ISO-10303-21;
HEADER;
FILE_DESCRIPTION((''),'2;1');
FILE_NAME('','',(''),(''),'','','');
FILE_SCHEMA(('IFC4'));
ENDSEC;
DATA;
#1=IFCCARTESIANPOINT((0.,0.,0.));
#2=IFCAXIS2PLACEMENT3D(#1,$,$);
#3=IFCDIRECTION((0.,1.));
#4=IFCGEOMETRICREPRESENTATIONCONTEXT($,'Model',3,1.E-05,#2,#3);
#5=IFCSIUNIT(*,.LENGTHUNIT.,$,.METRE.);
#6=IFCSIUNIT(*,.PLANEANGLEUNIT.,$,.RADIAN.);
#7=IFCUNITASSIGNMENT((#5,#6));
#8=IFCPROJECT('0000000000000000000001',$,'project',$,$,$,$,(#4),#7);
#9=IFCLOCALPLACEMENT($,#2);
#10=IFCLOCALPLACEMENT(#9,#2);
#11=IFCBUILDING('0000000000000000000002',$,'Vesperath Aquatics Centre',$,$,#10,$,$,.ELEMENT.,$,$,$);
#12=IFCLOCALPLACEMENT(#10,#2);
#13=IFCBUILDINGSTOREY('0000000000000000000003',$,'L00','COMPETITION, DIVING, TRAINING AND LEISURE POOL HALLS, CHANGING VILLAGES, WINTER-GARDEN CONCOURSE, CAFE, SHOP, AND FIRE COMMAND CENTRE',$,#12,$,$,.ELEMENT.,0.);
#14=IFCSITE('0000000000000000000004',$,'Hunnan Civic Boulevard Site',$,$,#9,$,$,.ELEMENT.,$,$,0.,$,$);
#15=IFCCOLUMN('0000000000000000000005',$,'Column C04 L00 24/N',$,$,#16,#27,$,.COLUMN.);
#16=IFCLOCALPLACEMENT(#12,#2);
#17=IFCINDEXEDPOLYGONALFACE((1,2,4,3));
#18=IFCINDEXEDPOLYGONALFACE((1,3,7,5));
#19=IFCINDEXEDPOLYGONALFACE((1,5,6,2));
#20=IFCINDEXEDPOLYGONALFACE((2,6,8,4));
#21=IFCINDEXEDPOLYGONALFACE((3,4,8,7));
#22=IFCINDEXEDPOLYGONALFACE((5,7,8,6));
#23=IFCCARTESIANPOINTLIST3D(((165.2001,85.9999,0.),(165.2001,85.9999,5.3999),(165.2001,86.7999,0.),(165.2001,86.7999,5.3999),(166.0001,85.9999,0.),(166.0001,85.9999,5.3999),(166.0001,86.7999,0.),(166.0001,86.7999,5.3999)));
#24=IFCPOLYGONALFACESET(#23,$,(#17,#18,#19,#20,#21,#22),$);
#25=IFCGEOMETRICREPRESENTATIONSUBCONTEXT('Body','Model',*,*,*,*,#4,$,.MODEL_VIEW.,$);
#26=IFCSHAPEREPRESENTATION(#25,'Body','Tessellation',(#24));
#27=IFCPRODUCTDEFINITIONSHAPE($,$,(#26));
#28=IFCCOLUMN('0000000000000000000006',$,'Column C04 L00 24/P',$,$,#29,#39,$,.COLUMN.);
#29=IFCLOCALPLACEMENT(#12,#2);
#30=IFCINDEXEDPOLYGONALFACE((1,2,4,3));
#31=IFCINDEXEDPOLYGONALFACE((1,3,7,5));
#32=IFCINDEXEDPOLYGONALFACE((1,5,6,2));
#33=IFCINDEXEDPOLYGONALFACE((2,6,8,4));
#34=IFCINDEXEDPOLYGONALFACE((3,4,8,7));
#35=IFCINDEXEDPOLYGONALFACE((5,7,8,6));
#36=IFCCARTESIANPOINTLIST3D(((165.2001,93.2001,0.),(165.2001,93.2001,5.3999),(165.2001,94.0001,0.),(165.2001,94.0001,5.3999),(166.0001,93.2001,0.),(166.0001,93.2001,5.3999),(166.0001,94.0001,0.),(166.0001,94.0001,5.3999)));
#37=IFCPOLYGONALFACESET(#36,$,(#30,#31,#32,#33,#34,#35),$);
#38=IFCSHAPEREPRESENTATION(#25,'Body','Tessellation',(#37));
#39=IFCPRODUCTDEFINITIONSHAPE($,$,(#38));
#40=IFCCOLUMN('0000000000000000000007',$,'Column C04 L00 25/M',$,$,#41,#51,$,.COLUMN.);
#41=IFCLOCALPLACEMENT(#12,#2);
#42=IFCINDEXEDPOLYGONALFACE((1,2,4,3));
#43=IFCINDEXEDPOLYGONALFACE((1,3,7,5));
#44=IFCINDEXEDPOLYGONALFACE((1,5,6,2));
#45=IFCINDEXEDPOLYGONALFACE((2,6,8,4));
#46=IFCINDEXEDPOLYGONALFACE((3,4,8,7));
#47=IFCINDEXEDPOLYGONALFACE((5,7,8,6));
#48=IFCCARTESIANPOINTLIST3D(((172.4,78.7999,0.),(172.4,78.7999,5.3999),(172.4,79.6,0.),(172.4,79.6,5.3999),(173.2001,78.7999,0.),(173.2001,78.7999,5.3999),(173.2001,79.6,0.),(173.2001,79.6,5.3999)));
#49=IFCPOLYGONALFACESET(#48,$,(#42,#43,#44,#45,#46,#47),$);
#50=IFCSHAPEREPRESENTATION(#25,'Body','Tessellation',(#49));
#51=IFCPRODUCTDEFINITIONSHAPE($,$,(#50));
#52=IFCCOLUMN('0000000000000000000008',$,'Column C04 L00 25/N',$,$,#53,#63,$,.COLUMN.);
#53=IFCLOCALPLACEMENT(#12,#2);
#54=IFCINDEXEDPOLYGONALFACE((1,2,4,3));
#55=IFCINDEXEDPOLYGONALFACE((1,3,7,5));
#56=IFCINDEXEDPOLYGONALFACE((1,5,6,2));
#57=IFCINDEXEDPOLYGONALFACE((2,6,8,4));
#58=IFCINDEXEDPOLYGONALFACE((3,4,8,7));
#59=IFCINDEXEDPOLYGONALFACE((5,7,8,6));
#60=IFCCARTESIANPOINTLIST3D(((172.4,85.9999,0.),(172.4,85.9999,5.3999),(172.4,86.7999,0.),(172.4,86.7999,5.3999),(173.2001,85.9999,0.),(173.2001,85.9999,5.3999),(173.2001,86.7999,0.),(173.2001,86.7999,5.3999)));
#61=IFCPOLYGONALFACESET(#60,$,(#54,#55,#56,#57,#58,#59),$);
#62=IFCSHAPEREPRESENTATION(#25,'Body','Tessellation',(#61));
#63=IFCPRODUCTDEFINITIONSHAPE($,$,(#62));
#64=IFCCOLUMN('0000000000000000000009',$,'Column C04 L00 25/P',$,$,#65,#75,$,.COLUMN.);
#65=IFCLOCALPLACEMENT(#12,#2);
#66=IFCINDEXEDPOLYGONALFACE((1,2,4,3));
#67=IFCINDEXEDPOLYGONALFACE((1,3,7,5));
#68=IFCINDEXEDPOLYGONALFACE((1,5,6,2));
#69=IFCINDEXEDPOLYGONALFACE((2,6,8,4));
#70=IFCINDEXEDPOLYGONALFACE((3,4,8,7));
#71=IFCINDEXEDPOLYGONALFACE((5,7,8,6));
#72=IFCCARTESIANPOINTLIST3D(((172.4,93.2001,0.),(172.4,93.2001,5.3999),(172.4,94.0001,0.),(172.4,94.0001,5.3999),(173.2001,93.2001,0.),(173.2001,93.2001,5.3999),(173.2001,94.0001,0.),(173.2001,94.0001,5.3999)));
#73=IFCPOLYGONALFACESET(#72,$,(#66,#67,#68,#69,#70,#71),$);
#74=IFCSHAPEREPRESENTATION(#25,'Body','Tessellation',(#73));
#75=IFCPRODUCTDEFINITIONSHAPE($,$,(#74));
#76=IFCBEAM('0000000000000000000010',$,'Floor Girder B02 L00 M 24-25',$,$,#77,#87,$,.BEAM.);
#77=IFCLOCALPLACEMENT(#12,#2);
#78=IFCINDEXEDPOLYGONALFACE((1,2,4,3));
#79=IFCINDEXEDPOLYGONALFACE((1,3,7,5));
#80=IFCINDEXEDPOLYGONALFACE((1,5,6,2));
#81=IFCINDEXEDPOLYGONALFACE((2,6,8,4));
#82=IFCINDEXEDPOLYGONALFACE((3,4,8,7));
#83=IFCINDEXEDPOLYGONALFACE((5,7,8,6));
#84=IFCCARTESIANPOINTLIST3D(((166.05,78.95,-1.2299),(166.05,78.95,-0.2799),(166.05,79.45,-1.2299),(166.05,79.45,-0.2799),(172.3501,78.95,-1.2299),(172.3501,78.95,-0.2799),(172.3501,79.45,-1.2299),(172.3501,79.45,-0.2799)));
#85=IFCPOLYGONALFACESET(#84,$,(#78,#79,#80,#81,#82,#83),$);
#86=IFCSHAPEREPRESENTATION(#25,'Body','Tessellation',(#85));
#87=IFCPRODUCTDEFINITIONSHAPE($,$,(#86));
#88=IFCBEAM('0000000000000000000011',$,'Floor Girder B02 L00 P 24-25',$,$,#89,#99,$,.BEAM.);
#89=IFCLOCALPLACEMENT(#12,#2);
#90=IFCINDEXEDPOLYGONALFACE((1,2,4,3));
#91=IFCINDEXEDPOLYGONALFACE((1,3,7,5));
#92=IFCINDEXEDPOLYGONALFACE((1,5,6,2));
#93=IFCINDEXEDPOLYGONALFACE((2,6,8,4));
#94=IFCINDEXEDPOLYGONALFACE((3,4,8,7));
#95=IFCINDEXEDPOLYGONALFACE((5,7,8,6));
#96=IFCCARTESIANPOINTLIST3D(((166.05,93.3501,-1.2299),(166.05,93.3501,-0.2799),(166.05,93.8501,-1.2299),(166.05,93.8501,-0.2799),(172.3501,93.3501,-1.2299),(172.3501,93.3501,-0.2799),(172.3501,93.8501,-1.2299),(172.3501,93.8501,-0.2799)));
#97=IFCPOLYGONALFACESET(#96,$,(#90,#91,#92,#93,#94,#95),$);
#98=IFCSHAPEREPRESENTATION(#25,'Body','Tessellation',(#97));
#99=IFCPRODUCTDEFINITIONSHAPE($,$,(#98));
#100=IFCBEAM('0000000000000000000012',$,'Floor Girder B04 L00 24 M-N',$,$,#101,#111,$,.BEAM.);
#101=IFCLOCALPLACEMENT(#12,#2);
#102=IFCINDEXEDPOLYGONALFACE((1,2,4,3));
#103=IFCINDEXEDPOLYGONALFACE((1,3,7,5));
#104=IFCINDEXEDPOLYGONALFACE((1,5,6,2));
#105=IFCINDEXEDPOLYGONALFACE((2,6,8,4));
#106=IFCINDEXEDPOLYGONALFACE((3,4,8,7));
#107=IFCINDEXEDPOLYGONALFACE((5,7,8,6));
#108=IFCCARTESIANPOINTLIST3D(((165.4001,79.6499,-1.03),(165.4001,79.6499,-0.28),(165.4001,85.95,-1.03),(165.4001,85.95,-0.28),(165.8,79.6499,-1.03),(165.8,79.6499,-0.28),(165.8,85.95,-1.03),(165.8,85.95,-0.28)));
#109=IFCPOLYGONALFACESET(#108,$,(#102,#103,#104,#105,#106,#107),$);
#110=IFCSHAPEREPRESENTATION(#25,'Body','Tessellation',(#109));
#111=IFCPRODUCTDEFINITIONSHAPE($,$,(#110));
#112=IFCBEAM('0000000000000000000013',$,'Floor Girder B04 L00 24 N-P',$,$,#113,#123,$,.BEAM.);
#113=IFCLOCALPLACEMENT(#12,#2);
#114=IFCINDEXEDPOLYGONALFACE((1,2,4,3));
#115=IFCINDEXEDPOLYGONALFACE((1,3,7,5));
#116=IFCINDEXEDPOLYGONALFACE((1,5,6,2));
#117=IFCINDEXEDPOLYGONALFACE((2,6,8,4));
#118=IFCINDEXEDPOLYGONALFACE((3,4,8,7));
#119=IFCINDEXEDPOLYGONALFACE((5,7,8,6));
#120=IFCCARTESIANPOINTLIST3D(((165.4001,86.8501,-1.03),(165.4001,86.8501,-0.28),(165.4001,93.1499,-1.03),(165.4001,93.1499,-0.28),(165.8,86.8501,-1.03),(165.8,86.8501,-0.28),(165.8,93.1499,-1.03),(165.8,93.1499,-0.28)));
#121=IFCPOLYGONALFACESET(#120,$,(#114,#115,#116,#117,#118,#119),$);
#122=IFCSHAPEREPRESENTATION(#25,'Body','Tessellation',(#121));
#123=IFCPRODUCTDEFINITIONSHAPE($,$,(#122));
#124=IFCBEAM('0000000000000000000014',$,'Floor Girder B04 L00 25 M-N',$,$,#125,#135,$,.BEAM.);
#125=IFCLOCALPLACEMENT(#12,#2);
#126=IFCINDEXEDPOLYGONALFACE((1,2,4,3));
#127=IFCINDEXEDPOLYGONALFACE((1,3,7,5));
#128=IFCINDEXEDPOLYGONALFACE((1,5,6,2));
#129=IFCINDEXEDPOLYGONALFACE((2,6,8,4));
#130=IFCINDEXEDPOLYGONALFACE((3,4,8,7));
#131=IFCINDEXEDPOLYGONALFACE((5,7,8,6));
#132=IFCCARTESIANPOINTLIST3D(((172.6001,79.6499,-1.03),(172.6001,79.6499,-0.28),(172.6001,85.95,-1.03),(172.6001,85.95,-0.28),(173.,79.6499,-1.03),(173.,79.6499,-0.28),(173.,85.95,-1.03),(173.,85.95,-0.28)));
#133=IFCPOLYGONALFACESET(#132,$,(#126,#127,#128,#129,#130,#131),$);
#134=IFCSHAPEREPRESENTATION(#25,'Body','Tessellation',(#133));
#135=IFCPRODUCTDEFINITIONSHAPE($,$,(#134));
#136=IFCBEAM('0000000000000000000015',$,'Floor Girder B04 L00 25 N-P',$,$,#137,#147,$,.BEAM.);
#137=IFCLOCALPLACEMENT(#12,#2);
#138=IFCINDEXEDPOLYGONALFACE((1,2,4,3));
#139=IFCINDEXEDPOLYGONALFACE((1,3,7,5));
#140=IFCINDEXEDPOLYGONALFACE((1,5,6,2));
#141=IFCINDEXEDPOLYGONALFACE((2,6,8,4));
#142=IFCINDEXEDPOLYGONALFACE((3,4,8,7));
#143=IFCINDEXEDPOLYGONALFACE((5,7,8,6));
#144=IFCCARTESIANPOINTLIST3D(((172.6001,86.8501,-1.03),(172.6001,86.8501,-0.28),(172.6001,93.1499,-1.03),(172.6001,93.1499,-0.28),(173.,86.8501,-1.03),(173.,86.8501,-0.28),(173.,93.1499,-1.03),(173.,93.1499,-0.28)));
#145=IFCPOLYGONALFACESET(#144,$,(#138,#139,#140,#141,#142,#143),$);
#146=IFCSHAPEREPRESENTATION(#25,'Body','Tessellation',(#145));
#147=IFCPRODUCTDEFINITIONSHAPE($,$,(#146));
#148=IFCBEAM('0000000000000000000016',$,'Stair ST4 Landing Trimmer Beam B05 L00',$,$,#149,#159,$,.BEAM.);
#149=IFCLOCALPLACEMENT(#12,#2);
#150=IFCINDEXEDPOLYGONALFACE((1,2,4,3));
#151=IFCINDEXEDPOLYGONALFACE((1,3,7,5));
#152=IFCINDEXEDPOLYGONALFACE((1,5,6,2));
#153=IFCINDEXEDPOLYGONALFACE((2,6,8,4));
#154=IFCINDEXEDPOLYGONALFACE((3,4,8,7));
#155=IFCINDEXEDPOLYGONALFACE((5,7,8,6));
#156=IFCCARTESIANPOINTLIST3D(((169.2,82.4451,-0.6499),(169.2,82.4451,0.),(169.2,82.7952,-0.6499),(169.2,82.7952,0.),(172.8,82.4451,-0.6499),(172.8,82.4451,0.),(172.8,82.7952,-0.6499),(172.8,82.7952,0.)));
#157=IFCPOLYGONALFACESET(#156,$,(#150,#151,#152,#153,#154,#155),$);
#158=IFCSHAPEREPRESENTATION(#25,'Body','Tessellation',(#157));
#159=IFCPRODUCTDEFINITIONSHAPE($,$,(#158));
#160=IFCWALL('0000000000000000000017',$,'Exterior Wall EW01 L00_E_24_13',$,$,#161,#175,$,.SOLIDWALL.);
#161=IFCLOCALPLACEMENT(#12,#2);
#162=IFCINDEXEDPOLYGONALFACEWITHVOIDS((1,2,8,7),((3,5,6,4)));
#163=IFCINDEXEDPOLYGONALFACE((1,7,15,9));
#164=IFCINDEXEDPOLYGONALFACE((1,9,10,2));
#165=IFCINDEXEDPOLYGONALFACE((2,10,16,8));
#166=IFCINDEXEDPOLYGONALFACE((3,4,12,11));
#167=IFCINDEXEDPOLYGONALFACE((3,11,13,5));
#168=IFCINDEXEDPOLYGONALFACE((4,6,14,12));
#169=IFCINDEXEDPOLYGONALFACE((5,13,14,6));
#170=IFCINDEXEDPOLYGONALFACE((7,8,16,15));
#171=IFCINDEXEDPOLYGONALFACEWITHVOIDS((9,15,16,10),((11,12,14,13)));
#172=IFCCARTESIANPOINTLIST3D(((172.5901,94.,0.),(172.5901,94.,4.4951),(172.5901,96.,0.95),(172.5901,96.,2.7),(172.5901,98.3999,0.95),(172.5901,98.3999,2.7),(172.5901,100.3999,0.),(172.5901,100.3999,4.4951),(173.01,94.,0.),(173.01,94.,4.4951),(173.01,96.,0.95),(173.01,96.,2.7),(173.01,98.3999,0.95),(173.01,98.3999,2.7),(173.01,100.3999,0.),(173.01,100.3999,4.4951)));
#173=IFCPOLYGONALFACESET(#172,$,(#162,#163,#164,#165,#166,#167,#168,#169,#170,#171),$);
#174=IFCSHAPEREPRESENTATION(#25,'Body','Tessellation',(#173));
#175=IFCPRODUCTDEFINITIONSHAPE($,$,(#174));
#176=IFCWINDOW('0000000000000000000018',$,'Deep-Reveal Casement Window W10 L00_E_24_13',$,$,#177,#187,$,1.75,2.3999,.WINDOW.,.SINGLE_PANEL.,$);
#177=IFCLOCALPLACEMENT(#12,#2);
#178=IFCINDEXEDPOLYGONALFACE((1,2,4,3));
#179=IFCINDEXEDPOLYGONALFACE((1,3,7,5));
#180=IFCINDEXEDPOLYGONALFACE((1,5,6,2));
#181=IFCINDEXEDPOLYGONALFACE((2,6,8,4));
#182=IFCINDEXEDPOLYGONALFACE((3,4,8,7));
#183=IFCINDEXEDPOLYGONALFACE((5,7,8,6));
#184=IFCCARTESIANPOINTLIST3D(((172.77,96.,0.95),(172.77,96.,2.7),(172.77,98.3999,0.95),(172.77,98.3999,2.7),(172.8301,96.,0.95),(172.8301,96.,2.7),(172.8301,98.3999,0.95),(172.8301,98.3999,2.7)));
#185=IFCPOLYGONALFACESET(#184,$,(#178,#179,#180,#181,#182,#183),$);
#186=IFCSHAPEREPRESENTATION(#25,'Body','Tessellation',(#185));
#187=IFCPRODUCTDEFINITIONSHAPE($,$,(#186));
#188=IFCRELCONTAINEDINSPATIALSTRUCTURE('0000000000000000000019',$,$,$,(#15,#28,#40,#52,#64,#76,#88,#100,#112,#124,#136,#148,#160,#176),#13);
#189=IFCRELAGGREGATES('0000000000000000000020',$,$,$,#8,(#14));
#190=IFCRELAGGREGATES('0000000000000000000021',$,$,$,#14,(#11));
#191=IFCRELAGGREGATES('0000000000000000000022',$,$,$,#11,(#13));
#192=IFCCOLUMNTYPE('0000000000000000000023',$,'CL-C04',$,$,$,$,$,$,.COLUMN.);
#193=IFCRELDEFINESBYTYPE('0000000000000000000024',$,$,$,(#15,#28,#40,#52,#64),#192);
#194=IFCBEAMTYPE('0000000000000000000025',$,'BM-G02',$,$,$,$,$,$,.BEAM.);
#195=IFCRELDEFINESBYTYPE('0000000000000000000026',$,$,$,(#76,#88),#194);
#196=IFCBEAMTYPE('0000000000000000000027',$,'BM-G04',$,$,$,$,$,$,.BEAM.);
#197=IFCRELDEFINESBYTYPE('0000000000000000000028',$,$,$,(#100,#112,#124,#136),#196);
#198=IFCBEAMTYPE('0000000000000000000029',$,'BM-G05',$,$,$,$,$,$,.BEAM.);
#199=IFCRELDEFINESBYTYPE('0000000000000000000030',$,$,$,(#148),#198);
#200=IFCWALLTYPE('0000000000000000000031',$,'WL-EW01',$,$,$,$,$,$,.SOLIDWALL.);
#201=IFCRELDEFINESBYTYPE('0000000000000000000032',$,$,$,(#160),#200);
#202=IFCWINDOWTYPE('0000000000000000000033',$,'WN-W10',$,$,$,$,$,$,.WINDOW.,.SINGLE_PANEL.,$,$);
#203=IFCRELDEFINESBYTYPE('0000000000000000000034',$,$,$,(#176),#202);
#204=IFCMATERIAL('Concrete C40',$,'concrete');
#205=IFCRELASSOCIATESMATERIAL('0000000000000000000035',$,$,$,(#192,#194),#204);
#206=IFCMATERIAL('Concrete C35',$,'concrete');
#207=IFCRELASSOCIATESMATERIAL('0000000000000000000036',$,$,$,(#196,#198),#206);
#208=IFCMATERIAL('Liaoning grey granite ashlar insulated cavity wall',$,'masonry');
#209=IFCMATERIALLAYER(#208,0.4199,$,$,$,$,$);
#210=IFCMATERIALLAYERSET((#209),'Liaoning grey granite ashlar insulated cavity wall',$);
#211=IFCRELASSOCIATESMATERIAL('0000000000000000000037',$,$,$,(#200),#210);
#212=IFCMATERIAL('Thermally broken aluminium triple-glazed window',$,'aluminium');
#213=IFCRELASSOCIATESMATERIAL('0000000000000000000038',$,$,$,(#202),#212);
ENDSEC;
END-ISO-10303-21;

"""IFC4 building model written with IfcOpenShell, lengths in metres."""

from ifc_helpers import new_model, si_unit, direction, frame, frame_2d, origin, origin_2d, place, context, subcontext, project, spatial, rectangle, extrude, material, layer, layer_set, material_profile, profile_set, type_object, element, fill, save


model = new_model("IFC4")

# Units and contexts
model_context = context("Model", 3, precision=1e-05, world=origin(), true_north=direction((0.0, 1.0)))
body_context = subcontext(model_context, "Body", "Model", "MODEL_VIEW")
ifc_project = project(units=[si_unit("LENGTHUNIT", "METRE"), si_unit("PLANEANGLEUNIT", "RADIAN")], contexts=[model_context])

# Site, building, storey
site_placement = place(None, origin())
site = spatial("IfcSite", under=ifc_project, at=site_placement, Name="Hunnan Civic Boulevard Site", CompositionType="ELEMENT", RefElevation=0.0)
building_placement = place(site_placement, origin())
building = spatial("IfcBuilding", under=site, at=building_placement, Name="Vesperath Aquatics Centre", CompositionType="ELEMENT")
storey_placement = place(building_placement, origin())
storey = spatial("IfcBuildingStorey", under=building, at=storey_placement, Name="L00", Description="COMPETITION, DIVING, TRAINING AND LEISURE POOL HALLS, CHANGING VILLAGES, WINTER-GARDEN CONCOURSE, CAFE, SHOP, AND FIRE COMMAND CENTRE", CompositionType="ELEMENT", Elevation=0.0)

# Columns
ifc_material_1 = material(Name="Concrete C40", Category="concrete")
ifc_material_profile_1 = material_profile(ifc_material_1, rectangle(XDim=0.8, YDim=0.8, at=origin_2d()), Name="RC 800x800")
ifc_profile_set_1 = profile_set([ifc_material_profile_1], Name="Concrete C40")
column_type = type_object("IfcColumnType", Name="CL-C04", PredefinedType="COLUMN", material=ifc_profile_set_1)
for number, where, z_axis, x_axis, name in (
    (1, (165.6001, 86.3999, 0.0), (0.0, 0.0, 1.0), (1.0, 0.0, 0.0), "Column C04 L00 24/N"),
    (2, (165.6001, 93.6001, 0.0), (0.0, 0.0, 1.0), (1.0, 0.0, 0.0), "Column C04 L00 24/P"),
    (3, (172.8, 79.2, 0.0), (0.0, 0.0, 1.0), (1.0, 0.0, 0.0), "Column C04 L00 25/M"),
    (4, (172.8, 86.3999, 0.0), (0.0, 0.0, 1.0), (1.0, 0.0, 0.0), "Column C04 L00 25/N"),
    (5, (172.8, 93.6001, 0.0), (0.0, 0.0, 1.0), (1.0, 0.0, 0.0), "Column C04 L00 25/P"),
):
    element("IfcColumn", number, at=place(storey_placement, frame(where, z_axis=z_axis, x_axis=x_axis)), inside=storey, type_object=column_type, Name=name, PredefinedType="COLUMN", context=body_context, shape_type="SweptSolid", body=[
        extrude(rectangle(XDim=0.8, YDim=0.8, at=origin_2d()), origin(), (0.0, 0.0, 1.0), 5.3999),
    ])

# Beams
ifc_material_profile_2 = material_profile(ifc_material_1, rectangle(XDim=0.5, YDim=0.95, at=origin_2d()), Name="RC 500x950")
ifc_profile_set_2 = profile_set([ifc_material_profile_2], Name="Concrete C40")
beam_type_1 = type_object("IfcBeamType", Name="BM-G02", PredefinedType="BEAM", material=ifc_profile_set_2)
for number, where, z_axis, x_axis, name in (
    (6, (166.05, 79.2, -0.7549), (1.0, 0.0, 0.0), (0.0, 1.0, 0.0), "Floor Girder B02 L00 M 24-25"),
    (7, (166.05, 93.6001, -0.7549), (1.0, 0.0, 0.0), (0.0, 1.0, 0.0), "Floor Girder B02 L00 P 24-25"),
):
    element("IfcBeam", number, at=place(storey_placement, frame(where, z_axis=z_axis, x_axis=x_axis)), inside=storey, type_object=beam_type_1, Name=name, PredefinedType="BEAM", context=body_context, shape_type="SweptSolid", body=[
        extrude(rectangle(XDim=0.5, YDim=0.95, at=origin_2d()), origin(), (0.0, 0.0, 1.0), 6.3),
    ])
ifc_material_2 = material(Name="Concrete C35", Category="concrete")
ifc_material_profile_3 = material_profile(ifc_material_2, rectangle(XDim=0.3999, YDim=0.75, at=origin_2d()), Name="RC 400x750")
ifc_profile_set_3 = profile_set([ifc_material_profile_3], Name="Concrete C35")
beam_type_2 = type_object("IfcBeamType", Name="BM-G04", PredefinedType="BEAM", material=ifc_profile_set_3)
beam_1_placement = place(storey_placement, frame((165.6001, 79.6499, -0.655), z_axis=(0.0, 1.0, 0.0), x_axis=(-1.0, 0.0, 0.0)))
element("IfcBeam", 8, at=beam_1_placement, inside=storey, type_object=beam_type_2, Name="Floor Girder B04 L00 24 M-N", PredefinedType="BEAM", context=body_context, shape_type="SweptSolid", body=[
    extrude(rectangle(XDim=0.3999, YDim=0.75, at=origin_2d()), origin(), (0.0, 0.0, 1.0), 6.3),
])
beam_2_placement = place(storey_placement, frame((165.6001, 86.8501, -0.655), z_axis=(0.0, 1.0, 0.0), x_axis=(-1.0, 0.0, 0.0)))
element("IfcBeam", 9, at=beam_2_placement, inside=storey, type_object=beam_type_2, Name="Floor Girder B04 L00 24 N-P", PredefinedType="BEAM", context=body_context, shape_type="SweptSolid", body=[
    extrude(rectangle(XDim=0.3999, YDim=0.75, at=origin_2d()), origin(), (0.0, 0.0, 1.0), 6.2998),
])
beam_3_placement = place(storey_placement, frame((172.8, 79.6499, -0.655), z_axis=(0.0, 1.0, 0.0), x_axis=(-1.0, 0.0, 0.0)))
element("IfcBeam", 10, at=beam_3_placement, inside=storey, type_object=beam_type_2, Name="Floor Girder B04 L00 25 M-N", PredefinedType="BEAM", context=body_context, shape_type="SweptSolid", body=[
    extrude(rectangle(XDim=0.3999, YDim=0.75, at=origin_2d()), origin(), (0.0, 0.0, 1.0), 6.3),
])
beam_4_placement = place(storey_placement, frame((172.8, 86.8501, -0.655), z_axis=(0.0, 1.0, 0.0), x_axis=(-1.0, 0.0, 0.0)))
element("IfcBeam", 11, at=beam_4_placement, inside=storey, type_object=beam_type_2, Name="Floor Girder B04 L00 25 N-P", PredefinedType="BEAM", context=body_context, shape_type="SweptSolid", body=[
    extrude(rectangle(XDim=0.3999, YDim=0.75, at=origin_2d()), origin(), (0.0, 0.0, 1.0), 6.2998),
])
ifc_material_profile_4 = material_profile(ifc_material_2, rectangle(XDim=0.3501, YDim=0.6499, at=origin_2d()), Name="RC 350x650")
ifc_profile_set_4 = profile_set([ifc_material_profile_4], Name="Concrete C35")
beam_type_3 = type_object("IfcBeamType", Name="BM-G05", PredefinedType="BEAM", material=ifc_profile_set_4)
beam_5_placement = place(storey_placement, frame((169.2, 82.6201, -0.325), z_axis=(1.0, 0.0, 0.0), x_axis=(0.0, 1.0, 0.0)))
element("IfcBeam", 12, at=beam_5_placement, inside=storey, type_object=beam_type_3, Name="Stair ST4 Landing Trimmer Beam B05 L00", PredefinedType="BEAM", context=body_context, shape_type="SweptSolid", body=[
    extrude(rectangle(XDim=0.3501, YDim=0.6499, at=origin_2d()), origin(), (0.0, 0.0, 1.0), 3.6001),
])

# Wall, opening, window
ifc_material_3 = material(Name="Liaoning grey granite ashlar insulated cavity wall", Category="masonry")
ifc_layer_1 = layer(ifc_material_3, 0.4199)
ifc_layer_set_1 = layer_set([ifc_layer_1], Name="Liaoning grey granite ashlar insulated cavity wall")
wall_type_1 = type_object("IfcWallType", Name="WL-EW01", PredefinedType="SOLIDWALL", material=ifc_layer_set_1)
wall_1_placement = place(storey_placement, frame((172.8, 94.0, 0.0), z_axis=(0.0, 0.0, 1.0), x_axis=(0.0, 1.0, 0.0)))
wall_1 = element("IfcWall", 13, at=wall_1_placement, inside=storey, type_object=wall_type_1, Name="Exterior Wall EW01 L00_E_24_13", PredefinedType="SOLIDWALL", context=body_context, shape_type="SweptSolid", body=[
    extrude(rectangle(XDim=6.3999, YDim=0.4199, at=frame_2d((3.2, 0.0))), origin(), (0.0, 0.0, 1.0), 4.4951),
])
opening_1_placement = place(wall_1_placement, frame((2.0, 0.0, 0.95)))
opening_1 = element("IfcOpeningElement", 14, at=opening_1_placement, cuts=wall_1, PredefinedType="OPENING", context=body_context, shape_type="SweptSolid", body=[
    extrude(rectangle(XDim=2.3999, YDim=1.75, at=frame_2d((1.2, 0.875))), frame((0.0, 0.2249, 0.0), z_axis=(0.0, -1.0, 0.0), x_axis=(1.0, 0.0, 0.0)), (0.0, 0.0, 1.0), 0.4497),
])
ifc_material_4 = material(Name="Thermally broken aluminium triple-glazed window", Category="aluminium")
window_type = type_object("IfcWindowType", Name="WN-W10", PartitioningType="SINGLE_PANEL", PredefinedType="WINDOW", material=ifc_material_4)
window_placement = place(opening_1_placement, origin())
window = element("IfcWindow", 15, at=window_placement, inside=storey, type_object=window_type, Name="Deep-Reveal Casement Window W10 L00_E_24_13", OverallHeight=1.75, OverallWidth=2.3999, PartitioningType="SINGLE_PANEL", PredefinedType="WINDOW", context=body_context, shape_type="SweptSolid", body=[
    extrude(rectangle(XDim=2.3999, YDim=1.75, at=frame_2d((1.2, 0.875))), frame((0.0, 0.03, 0.0), z_axis=(0.0, -1.0, 0.0), x_axis=(1.0, 0.0, 0.0)), (0.0, 0.0, 1.0), 0.0601),
])
fill(opening_1, window)

save(model, "model.ifc")
